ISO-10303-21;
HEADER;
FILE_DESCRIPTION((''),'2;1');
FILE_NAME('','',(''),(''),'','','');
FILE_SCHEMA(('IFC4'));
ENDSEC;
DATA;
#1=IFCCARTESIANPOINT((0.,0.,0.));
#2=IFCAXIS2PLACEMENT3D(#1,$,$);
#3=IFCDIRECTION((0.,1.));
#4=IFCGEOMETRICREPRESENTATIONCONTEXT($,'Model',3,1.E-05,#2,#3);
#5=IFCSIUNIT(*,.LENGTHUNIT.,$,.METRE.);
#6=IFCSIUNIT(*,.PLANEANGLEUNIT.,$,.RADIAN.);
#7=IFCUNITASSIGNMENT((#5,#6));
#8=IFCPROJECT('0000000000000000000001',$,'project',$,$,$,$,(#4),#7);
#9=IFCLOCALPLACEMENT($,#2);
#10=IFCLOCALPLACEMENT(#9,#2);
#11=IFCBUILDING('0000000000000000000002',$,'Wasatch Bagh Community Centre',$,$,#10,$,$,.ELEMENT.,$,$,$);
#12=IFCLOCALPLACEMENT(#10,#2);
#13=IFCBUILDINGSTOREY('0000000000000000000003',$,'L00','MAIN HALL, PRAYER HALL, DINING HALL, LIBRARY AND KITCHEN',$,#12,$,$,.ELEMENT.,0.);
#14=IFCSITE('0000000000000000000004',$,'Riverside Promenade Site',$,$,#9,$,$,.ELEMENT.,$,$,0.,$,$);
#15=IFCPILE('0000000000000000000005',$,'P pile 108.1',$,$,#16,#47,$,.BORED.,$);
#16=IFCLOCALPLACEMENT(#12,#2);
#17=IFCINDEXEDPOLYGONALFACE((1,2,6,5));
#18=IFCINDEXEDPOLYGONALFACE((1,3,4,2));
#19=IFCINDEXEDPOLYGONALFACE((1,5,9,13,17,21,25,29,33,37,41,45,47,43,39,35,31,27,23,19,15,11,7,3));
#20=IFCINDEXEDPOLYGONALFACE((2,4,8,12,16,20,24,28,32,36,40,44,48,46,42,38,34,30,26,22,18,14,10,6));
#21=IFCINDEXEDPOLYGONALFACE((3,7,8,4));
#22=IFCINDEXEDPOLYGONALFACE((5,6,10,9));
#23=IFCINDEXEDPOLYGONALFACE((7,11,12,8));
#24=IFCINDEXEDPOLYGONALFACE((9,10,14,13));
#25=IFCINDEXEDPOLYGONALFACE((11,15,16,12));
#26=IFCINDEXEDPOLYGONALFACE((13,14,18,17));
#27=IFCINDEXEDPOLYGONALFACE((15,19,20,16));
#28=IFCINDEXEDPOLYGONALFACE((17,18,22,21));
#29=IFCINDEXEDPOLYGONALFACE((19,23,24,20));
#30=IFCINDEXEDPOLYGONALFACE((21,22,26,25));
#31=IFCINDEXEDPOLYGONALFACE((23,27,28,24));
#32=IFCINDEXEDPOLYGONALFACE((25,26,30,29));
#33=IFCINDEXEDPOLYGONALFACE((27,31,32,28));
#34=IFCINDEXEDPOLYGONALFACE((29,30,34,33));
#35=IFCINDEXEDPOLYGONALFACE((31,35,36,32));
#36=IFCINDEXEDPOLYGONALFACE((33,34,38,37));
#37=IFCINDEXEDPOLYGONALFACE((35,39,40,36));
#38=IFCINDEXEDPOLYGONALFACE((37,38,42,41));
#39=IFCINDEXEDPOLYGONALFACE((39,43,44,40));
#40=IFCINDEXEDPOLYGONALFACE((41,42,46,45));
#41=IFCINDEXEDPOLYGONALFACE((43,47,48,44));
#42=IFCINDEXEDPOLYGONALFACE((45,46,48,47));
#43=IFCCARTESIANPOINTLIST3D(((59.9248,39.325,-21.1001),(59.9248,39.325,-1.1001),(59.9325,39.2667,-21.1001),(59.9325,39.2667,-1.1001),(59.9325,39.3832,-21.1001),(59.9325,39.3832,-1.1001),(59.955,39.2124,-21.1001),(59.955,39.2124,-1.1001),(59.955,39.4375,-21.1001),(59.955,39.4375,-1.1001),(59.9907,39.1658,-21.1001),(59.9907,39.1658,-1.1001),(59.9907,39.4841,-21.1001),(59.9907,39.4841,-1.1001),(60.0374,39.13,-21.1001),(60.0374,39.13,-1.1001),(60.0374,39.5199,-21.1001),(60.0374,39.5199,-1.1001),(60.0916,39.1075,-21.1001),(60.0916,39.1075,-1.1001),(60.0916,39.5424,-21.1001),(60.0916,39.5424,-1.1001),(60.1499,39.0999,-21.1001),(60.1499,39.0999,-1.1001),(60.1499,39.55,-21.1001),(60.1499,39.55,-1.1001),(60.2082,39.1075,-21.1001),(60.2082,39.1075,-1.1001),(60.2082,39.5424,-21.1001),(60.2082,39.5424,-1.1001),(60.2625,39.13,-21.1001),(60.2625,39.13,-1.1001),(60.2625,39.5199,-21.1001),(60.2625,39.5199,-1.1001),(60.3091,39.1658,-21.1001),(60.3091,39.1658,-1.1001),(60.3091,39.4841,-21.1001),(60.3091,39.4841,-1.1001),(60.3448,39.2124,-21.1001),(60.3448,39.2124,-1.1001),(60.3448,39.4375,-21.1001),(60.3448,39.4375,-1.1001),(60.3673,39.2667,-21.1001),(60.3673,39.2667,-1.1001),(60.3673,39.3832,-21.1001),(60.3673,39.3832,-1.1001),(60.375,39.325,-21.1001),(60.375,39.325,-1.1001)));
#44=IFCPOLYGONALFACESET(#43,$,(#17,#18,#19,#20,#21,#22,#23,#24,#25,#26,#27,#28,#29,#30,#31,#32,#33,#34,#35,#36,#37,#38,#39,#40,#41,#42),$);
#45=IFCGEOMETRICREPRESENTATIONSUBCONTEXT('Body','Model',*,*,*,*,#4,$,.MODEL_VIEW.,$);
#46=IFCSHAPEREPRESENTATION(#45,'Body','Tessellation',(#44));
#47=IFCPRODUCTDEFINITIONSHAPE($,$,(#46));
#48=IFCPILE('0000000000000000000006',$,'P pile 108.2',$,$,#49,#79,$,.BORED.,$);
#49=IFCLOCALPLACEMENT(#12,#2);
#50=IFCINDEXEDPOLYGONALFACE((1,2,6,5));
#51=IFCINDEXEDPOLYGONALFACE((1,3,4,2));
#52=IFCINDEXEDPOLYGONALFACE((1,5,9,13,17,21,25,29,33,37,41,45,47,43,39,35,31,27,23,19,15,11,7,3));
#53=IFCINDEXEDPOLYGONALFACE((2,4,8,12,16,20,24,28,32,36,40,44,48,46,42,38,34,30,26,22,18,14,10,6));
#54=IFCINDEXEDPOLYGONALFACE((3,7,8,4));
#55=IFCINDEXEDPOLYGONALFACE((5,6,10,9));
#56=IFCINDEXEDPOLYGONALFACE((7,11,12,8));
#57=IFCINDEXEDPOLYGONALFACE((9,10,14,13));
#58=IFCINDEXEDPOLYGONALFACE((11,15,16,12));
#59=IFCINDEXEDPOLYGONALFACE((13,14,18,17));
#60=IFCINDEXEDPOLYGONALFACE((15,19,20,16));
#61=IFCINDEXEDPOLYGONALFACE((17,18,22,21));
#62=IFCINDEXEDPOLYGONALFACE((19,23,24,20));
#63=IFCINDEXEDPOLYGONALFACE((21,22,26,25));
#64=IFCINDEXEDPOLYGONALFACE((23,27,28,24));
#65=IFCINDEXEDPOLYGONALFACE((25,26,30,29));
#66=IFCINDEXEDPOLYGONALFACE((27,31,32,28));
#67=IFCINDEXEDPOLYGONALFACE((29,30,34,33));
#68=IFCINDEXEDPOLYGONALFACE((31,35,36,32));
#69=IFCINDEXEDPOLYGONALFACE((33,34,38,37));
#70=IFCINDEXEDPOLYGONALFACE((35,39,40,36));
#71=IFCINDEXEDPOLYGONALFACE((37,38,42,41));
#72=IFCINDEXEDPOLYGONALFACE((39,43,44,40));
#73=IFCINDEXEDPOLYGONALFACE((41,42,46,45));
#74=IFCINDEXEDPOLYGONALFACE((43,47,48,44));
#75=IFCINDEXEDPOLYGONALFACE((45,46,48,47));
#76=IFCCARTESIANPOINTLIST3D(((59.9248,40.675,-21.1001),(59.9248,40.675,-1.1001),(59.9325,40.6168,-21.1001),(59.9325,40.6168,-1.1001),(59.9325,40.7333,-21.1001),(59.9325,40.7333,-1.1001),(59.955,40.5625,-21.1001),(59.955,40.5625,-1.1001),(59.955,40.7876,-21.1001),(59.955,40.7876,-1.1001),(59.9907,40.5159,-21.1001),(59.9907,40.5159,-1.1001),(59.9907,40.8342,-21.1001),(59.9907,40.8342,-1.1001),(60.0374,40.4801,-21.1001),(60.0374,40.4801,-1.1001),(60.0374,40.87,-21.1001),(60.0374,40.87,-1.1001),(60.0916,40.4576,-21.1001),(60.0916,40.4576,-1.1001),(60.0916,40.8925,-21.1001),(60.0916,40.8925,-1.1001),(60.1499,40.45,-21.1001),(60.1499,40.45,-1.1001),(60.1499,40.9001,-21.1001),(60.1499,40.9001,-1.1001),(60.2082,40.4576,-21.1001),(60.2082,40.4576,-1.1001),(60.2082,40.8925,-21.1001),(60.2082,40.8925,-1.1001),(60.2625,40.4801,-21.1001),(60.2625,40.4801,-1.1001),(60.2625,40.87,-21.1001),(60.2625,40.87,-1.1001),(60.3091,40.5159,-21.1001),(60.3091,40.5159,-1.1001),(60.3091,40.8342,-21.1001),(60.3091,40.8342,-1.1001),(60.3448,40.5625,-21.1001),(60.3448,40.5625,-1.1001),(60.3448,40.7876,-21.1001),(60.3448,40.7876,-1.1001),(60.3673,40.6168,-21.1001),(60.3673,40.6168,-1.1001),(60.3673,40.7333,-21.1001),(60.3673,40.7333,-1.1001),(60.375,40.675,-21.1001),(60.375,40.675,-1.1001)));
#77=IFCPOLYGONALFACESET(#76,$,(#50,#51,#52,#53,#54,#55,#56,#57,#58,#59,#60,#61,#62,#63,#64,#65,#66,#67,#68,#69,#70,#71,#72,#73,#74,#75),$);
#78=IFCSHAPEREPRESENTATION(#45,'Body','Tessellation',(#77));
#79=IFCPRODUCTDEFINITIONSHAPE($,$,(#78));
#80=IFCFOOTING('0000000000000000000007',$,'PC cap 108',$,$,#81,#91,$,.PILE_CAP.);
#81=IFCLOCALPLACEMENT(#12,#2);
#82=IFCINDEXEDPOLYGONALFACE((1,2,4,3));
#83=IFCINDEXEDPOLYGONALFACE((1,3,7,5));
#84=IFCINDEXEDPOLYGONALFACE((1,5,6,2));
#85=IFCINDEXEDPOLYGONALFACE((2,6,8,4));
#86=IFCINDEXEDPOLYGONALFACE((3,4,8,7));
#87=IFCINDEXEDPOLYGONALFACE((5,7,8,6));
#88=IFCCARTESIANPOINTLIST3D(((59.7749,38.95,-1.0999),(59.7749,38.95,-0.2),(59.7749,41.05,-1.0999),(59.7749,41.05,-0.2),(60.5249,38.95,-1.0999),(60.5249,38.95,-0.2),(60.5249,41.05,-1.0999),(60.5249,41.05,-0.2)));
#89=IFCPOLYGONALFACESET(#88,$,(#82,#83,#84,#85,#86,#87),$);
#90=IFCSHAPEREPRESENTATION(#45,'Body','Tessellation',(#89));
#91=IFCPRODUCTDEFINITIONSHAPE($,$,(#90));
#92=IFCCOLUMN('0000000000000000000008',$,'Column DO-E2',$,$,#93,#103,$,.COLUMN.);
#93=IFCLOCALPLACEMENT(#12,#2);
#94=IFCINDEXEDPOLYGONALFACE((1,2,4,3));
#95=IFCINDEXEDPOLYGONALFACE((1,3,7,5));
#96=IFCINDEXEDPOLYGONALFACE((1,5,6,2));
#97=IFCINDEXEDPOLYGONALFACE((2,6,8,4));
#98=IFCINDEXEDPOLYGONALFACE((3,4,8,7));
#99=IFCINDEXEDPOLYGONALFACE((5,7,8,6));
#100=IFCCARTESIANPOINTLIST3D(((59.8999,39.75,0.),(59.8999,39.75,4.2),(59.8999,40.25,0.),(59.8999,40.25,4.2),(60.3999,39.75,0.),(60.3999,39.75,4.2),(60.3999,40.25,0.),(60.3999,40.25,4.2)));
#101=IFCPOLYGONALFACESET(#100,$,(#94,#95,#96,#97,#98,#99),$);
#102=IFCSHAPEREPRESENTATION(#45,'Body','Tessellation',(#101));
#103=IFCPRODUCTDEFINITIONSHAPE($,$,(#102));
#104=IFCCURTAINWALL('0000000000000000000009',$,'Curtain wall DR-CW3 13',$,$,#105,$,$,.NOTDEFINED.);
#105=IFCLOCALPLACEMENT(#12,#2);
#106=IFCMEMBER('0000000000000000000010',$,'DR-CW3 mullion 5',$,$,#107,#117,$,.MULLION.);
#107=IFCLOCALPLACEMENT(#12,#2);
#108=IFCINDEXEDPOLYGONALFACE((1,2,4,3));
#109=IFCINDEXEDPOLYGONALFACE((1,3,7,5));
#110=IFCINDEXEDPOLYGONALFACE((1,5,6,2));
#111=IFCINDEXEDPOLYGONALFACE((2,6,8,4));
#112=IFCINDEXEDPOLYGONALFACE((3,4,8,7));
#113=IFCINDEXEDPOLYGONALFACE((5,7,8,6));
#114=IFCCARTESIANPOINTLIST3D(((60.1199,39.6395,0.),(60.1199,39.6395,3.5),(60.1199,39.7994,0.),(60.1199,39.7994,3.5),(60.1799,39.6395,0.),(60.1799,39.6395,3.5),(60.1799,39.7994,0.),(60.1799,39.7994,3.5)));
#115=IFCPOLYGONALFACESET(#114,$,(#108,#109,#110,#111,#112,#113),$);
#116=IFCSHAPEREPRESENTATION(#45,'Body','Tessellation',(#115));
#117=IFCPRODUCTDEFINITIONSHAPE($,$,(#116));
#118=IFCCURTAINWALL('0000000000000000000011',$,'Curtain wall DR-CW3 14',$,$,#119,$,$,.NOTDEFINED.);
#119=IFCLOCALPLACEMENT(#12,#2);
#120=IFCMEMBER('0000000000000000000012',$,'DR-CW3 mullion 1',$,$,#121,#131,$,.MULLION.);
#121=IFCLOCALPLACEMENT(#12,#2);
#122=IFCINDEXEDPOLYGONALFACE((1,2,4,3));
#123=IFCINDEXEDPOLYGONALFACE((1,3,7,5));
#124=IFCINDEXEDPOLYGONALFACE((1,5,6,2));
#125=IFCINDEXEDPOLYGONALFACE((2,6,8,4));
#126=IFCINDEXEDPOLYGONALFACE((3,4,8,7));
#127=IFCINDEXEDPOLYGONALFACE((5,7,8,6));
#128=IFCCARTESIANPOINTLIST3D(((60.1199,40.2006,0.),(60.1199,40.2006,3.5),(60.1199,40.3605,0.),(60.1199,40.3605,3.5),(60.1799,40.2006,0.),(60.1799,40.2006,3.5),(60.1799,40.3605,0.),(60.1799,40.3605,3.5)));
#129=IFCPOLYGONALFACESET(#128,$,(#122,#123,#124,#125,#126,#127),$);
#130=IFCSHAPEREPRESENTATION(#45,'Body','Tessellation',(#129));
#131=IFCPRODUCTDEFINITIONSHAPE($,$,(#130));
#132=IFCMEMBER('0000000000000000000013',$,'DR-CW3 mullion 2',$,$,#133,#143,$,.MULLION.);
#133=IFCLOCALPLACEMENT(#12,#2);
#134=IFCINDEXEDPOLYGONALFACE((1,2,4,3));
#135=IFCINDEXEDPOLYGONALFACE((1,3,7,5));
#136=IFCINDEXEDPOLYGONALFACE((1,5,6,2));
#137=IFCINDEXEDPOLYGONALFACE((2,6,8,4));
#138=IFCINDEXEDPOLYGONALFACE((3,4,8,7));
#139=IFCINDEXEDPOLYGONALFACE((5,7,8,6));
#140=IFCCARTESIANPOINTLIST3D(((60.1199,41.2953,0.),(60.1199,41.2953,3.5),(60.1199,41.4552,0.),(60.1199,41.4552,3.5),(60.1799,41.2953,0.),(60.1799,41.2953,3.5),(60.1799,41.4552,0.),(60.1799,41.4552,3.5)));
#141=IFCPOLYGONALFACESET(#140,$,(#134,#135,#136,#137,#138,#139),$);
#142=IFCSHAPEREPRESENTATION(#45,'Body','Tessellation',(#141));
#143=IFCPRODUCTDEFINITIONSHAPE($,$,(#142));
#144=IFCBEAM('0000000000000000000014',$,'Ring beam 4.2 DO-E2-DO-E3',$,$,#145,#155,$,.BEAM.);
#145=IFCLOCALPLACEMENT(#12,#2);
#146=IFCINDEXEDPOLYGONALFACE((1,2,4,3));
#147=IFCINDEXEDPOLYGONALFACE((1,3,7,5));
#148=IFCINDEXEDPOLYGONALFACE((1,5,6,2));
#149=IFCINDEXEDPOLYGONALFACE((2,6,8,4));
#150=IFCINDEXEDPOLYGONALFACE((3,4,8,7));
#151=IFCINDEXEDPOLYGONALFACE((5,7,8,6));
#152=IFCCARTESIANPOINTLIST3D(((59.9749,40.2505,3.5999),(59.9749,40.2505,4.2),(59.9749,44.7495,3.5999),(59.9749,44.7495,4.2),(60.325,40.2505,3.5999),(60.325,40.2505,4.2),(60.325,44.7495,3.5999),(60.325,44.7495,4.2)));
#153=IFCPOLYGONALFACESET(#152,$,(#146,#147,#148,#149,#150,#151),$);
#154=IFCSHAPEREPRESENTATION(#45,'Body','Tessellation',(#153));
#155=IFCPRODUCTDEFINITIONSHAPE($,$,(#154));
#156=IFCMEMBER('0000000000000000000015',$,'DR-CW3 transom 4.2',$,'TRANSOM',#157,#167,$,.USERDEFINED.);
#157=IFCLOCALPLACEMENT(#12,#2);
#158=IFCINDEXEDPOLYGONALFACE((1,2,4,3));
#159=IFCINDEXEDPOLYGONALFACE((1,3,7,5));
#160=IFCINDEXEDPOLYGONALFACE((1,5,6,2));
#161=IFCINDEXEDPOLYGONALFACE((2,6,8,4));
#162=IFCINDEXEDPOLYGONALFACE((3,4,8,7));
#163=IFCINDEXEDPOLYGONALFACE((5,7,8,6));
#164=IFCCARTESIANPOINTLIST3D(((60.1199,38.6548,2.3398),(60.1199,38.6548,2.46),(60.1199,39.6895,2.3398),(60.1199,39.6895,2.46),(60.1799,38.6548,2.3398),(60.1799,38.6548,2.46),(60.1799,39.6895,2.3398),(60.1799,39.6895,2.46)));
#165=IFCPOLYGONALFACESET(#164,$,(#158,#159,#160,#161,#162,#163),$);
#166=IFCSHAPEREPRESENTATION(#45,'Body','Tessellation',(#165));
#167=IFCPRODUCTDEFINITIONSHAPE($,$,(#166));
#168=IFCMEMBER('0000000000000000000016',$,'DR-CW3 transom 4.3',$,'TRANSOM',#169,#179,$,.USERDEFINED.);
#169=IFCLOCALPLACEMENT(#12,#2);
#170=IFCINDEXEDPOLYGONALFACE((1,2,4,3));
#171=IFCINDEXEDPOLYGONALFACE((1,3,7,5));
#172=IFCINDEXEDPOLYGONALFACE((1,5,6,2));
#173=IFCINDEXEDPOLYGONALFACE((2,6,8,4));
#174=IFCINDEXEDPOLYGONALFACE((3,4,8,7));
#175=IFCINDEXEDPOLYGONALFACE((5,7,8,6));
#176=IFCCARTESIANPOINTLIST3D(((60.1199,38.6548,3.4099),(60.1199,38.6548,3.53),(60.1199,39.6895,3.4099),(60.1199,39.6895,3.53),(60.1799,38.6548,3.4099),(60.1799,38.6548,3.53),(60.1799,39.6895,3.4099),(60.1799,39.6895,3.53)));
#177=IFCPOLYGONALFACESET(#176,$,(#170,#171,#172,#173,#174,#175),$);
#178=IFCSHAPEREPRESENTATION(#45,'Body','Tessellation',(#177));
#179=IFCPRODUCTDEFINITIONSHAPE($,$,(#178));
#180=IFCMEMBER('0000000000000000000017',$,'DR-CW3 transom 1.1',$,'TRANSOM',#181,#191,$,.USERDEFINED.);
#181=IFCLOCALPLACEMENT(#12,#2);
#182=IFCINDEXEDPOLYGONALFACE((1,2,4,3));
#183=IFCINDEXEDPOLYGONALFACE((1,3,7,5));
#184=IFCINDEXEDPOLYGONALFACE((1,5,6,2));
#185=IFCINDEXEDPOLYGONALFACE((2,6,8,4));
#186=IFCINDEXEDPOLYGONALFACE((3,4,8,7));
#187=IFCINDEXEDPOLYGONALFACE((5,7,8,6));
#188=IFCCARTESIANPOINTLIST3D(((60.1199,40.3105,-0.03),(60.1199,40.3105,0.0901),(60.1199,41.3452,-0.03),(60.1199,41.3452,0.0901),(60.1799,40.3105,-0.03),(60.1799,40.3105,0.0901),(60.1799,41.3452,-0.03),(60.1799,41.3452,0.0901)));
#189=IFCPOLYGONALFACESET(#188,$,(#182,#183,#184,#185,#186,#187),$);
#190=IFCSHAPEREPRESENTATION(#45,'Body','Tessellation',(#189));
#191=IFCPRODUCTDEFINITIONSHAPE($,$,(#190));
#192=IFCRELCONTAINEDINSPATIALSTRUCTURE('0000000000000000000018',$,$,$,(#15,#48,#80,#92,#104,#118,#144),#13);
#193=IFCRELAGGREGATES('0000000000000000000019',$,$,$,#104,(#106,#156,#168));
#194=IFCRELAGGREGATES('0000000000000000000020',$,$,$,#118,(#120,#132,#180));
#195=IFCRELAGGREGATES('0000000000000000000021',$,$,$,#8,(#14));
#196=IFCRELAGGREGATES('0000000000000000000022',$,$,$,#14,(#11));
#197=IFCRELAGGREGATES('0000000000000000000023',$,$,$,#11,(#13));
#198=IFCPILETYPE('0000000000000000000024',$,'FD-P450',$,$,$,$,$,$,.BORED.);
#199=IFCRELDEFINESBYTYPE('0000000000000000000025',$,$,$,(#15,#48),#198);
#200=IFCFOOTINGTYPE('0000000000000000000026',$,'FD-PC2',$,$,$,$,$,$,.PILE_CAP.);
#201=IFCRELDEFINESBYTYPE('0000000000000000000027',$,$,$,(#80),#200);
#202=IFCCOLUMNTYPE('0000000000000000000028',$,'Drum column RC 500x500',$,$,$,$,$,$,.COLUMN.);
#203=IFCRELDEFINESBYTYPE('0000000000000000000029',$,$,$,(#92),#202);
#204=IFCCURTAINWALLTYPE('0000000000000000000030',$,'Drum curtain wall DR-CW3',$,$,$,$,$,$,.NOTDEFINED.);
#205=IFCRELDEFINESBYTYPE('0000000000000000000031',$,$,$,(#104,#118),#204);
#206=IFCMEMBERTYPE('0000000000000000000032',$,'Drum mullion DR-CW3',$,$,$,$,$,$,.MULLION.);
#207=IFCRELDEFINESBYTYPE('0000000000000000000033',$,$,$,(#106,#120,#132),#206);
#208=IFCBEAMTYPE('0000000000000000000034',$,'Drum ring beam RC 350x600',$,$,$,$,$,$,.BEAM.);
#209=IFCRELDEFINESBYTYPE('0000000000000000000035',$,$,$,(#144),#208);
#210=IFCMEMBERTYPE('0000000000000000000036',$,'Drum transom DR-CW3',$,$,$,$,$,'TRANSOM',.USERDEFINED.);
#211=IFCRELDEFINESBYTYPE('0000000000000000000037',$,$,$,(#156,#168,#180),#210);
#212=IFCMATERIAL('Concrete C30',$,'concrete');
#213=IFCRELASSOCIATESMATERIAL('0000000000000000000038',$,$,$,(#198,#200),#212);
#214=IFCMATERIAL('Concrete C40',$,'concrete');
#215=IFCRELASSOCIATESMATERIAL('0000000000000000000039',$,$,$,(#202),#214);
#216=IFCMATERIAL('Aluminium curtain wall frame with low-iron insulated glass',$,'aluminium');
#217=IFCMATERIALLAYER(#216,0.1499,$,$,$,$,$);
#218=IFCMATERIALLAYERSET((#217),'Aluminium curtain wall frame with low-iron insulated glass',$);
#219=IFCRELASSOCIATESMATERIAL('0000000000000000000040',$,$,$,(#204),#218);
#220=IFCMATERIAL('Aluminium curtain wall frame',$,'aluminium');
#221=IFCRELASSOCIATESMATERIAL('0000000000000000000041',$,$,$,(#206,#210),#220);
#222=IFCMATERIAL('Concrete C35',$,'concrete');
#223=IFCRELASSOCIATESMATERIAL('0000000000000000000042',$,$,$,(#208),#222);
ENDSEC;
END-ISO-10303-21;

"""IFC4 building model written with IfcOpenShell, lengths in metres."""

from ifc_helpers import new_model, si_unit, direction, frame, origin, origin_2d, place, context, subcontext, project, spatial, rectangle, circle, extrude, material, layer, layer_set, material_profile, profile_set, type_object, element, aggregate, save


model = new_model("IFC4")

# Units and contexts
model_context = context("Model", 3, precision=1e-05, world=origin(), true_north=direction((0.0, 1.0)))
body_context = subcontext(model_context, "Body", "Model", "MODEL_VIEW")
ifc_project = project(units=[si_unit("LENGTHUNIT", "METRE"), si_unit("PLANEANGLEUNIT", "RADIAN")], contexts=[model_context])

# Site, building, storey
site_placement = place(None, origin())
site = spatial("IfcSite", under=ifc_project, at=site_placement, Name="Riverside Promenade Site", CompositionType="ELEMENT", RefElevation=0.0)
building_placement = place(site_placement, origin())
building = spatial("IfcBuilding", under=site, at=building_placement, Name="Wasatch Bagh Community Centre", CompositionType="ELEMENT")
storey_placement = place(building_placement, origin())
storey = spatial("IfcBuildingStorey", under=building, at=storey_placement, Name="L00", Description="MAIN HALL, PRAYER HALL, DINING HALL, LIBRARY AND KITCHEN", CompositionType="ELEMENT", Elevation=0.0)

# Piles
ifc_material_1 = material(Name="Concrete C30", Category="concrete")
ifc_material_profile_1 = material_profile(ifc_material_1, circle(Radius=0.2251, at=origin_2d()), Name="RC D450")
ifc_profile_set_1 = profile_set([ifc_material_profile_1], Name="Concrete C30")
pile_type = type_object("IfcPileType", Name="FD-P450", PredefinedType="BORED", material=ifc_profile_set_1)
for number, where, z_axis, x_axis, name in (
    (1, (60.1499, 39.325, -1.1001), (0.0, 0.0, -1.0), (1.0, 0.0, 0.0), "P pile 108.1"),
    (2, (60.1499, 40.675, -1.1001), (0.0, 0.0, -1.0), (1.0, 0.0, 0.0), "P pile 108.2"),
):
    element("IfcPile", number, at=place(storey_placement, frame(where, z_axis=z_axis, x_axis=x_axis)), inside=storey, type_object=pile_type, Name=name, PredefinedType="BORED", context=body_context, shape_type="SweptSolid", body=[
        extrude(circle(Radius=0.2251, at=origin_2d()), origin(), (0.0, 0.0, 1.0), 20.0),
    ])

# Footing
footing_type = type_object("IfcFootingType", Name="FD-PC2", PredefinedType="PILE_CAP", material=ifc_material_1)
footing_placement = place(storey_placement, frame((60.1499, 40.0, -1.0999), z_axis=(0.0, 0.0, 1.0), x_axis=(0.0, 1.0, 0.0)))
element("IfcFooting", 3, at=footing_placement, inside=storey, type_object=footing_type, Name="PC cap 108", PredefinedType="PILE_CAP", context=body_context, shape_type="SweptSolid", body=[
    extrude(rectangle(XDim=2.1001, YDim=0.75, at=origin_2d()), origin(), (0.0, 0.0, 1.0), 0.8999),
])

# Column
ifc_material_2 = material(Name="Concrete C40", Category="concrete")
ifc_material_profile_2 = material_profile(ifc_material_2, rectangle(XDim=0.5, YDim=0.5, at=origin_2d()), Name="RC 500x500")
ifc_profile_set_2 = profile_set([ifc_material_profile_2], Name="Concrete C40")
column_type = type_object("IfcColumnType", Name="Drum column RC 500x500", PredefinedType="COLUMN", material=ifc_profile_set_2)
column_placement = place(storey_placement, frame((60.1499, 40.0, 0.0), z_axis=(0.0, 0.0, 1.0), x_axis=(1.0, 0.0, 0.0)))
element("IfcColumn", 4, at=column_placement, inside=storey, type_object=column_type, Name="Column DO-E2", PredefinedType="COLUMN", context=body_context, shape_type="SweptSolid", body=[
    extrude(rectangle(XDim=0.5, YDim=0.5, at=origin_2d()), origin(), (0.0, 0.0, 1.0), 4.2),
])

# Curtain wall, member
ifc_material_3 = material(Name="Aluminium curtain wall frame with low-iron insulated glass", Category="aluminium")
ifc_layer_1 = layer(ifc_material_3, 0.1499)
ifc_layer_set_1 = layer_set([ifc_layer_1], Name="Aluminium curtain wall frame with low-iron insulated glass")
curtain_wall_type = type_object("IfcCurtainWallType", Name="Drum curtain wall DR-CW3", PredefinedType="NOTDEFINED", material=ifc_layer_set_1)
curtain_wall_1_placement = place(storey_placement, origin())
curtain_wall_1 = element("IfcCurtainWall", 5, at=curtain_wall_1_placement, inside=storey, type_object=curtain_wall_type, Name="Curtain wall DR-CW3 13", PredefinedType="NOTDEFINED")
ifc_material_4 = material(Name="Aluminium curtain wall frame", Category="aluminium")
ifc_material_profile_3 = material_profile(ifc_material_4, rectangle(XDim=0.0601, YDim=0.1599, at=origin_2d()), Name="Drum mullion DR-CW3")
ifc_profile_set_3 = profile_set([ifc_material_profile_3], Name="Aluminium curtain wall frame")
member_type_1 = type_object("IfcMemberType", Name="Drum mullion DR-CW3", PredefinedType="MULLION", material=ifc_profile_set_3)
member_1_placement = place(storey_placement, frame((60.1499, 39.7195, 0.0), z_axis=(0.0, 0.0, 1.0), x_axis=(-1.0, 0.0, 0.0)))
member_1 = element("IfcMember", 6, at=member_1_placement, type_object=member_type_1, Name="DR-CW3 mullion 5", PredefinedType="MULLION", context=body_context, shape_type="SweptSolid", body=[
    extrude(rectangle(XDim=0.0601, YDim=0.1599, at=origin_2d()), origin(), (0.0, 0.0, 1.0), 3.5),
])

# Curtain wall, members
curtain_wall_2_placement = place(storey_placement, origin())
curtain_wall_2 = element("IfcCurtainWall", 7, at=curtain_wall_2_placement, inside=storey, type_object=curtain_wall_type, Name="Curtain wall DR-CW3 14", PredefinedType="NOTDEFINED")
member_2_placement = place(storey_placement, frame((60.1499, 40.2805, 0.0), z_axis=(0.0, 0.0, 1.0), x_axis=(-1.0, 0.0, 0.0)))
member_2 = element("IfcMember", 8, at=member_2_placement, type_object=member_type_1, Name="DR-CW3 mullion 1", PredefinedType="MULLION", context=body_context, shape_type="SweptSolid", body=[
    extrude(rectangle(XDim=0.0601, YDim=0.1599, at=origin_2d()), origin(), (0.0, 0.0, 1.0), 3.5),
])
member_3_placement = place(storey_placement, frame((60.1499, 41.3752, 0.0), z_axis=(0.0, 0.0, 1.0), x_axis=(-1.0, 0.0, 0.0)))
member_3 = element("IfcMember", 9, at=member_3_placement, type_object=member_type_1, Name="DR-CW3 mullion 2", PredefinedType="MULLION", context=body_context, shape_type="SweptSolid", body=[
    extrude(rectangle(XDim=0.0601, YDim=0.1599, at=origin_2d()), origin(), (0.0, 0.0, 1.0), 3.5),
])

# Beam
ifc_material_5 = material(Name="Concrete C35", Category="concrete")
ifc_material_profile_4 = material_profile(ifc_material_5, rectangle(XDim=0.3501, YDim=0.6001, at=origin_2d()), Name="RC 350x600")
ifc_profile_set_4 = profile_set([ifc_material_profile_4], Name="Concrete C35")
beam_type = type_object("IfcBeamType", Name="Drum ring beam RC 350x600", PredefinedType="BEAM", material=ifc_profile_set_4)
beam_placement = place(storey_placement, frame((60.1499, 40.2505, 3.8999), z_axis=(0.0, 1.0, 0.0), x_axis=(-1.0, 0.0, 0.0)))
element("IfcBeam", 10, at=beam_placement, inside=storey, type_object=beam_type, Name="Ring beam 4.2 DO-E2-DO-E3", PredefinedType="BEAM", context=body_context, shape_type="SweptSolid", body=[
    extrude(rectangle(XDim=0.3501, YDim=0.6001, at=origin_2d()), origin(), (0.0, 0.0, 1.0), 4.499),
])

# Members
ifc_material_profile_5 = material_profile(ifc_material_4, rectangle(XDim=0.0601, YDim=0.1201, at=origin_2d()), Name="Drum transom DR-CW3")
ifc_profile_set_5 = profile_set([ifc_material_profile_5], Name="Aluminium curtain wall frame")
member_type_2 = type_object("IfcMemberType", Name="Drum transom DR-CW3", ElementType="TRANSOM", PredefinedType="USERDEFINED", material=ifc_profile_set_5)
member_4_placement = place(storey_placement, frame((60.1499, 38.6548, 2.3999), z_axis=(0.0, 1.0, 0.0), x_axis=(-1.0, 0.0, 0.0)))
member_4 = element("IfcMember", 11, at=member_4_placement, type_object=member_type_2, Name="DR-CW3 transom 4.2", ObjectType="TRANSOM", PredefinedType="USERDEFINED", context=body_context, shape_type="SweptSolid", body=[
    extrude(rectangle(XDim=0.0601, YDim=0.1201, at=origin_2d()), origin(), (0.0, 0.0, 1.0), 1.0347),
])
member_5_placement = place(storey_placement, frame((60.1499, 38.6548, 3.47), z_axis=(0.0, 1.0, 0.0), x_axis=(-1.0, 0.0, 0.0)))
member_5 = element("IfcMember", 12, at=member_5_placement, type_object=member_type_2, Name="DR-CW3 transom 4.3", ObjectType="TRANSOM", PredefinedType="USERDEFINED", context=body_context, shape_type="SweptSolid", body=[
    extrude(rectangle(XDim=0.0601, YDim=0.1201, at=origin_2d()), origin(), (0.0, 0.0, 1.0), 1.0347),
])
member_6_placement = place(storey_placement, frame((60.1499, 40.3105, 0.03), z_axis=(0.0, 1.0, 0.0), x_axis=(-1.0, 0.0, 0.0)))
member_6 = element("IfcMember", 13, at=member_6_placement, type_object=member_type_2, Name="DR-CW3 transom 1.1", ObjectType="TRANSOM", PredefinedType="USERDEFINED", context=body_context, shape_type="SweptSolid", body=[
    extrude(rectangle(XDim=0.0601, YDim=0.1201, at=origin_2d()), origin(), (0.0, 0.0, 1.0), 1.0347),
])

aggregate(curtain_wall_1, [member_1, member_4, member_5])
aggregate(curtain_wall_2, [member_2, member_3, member_6])

save(model, "model.ifc")
